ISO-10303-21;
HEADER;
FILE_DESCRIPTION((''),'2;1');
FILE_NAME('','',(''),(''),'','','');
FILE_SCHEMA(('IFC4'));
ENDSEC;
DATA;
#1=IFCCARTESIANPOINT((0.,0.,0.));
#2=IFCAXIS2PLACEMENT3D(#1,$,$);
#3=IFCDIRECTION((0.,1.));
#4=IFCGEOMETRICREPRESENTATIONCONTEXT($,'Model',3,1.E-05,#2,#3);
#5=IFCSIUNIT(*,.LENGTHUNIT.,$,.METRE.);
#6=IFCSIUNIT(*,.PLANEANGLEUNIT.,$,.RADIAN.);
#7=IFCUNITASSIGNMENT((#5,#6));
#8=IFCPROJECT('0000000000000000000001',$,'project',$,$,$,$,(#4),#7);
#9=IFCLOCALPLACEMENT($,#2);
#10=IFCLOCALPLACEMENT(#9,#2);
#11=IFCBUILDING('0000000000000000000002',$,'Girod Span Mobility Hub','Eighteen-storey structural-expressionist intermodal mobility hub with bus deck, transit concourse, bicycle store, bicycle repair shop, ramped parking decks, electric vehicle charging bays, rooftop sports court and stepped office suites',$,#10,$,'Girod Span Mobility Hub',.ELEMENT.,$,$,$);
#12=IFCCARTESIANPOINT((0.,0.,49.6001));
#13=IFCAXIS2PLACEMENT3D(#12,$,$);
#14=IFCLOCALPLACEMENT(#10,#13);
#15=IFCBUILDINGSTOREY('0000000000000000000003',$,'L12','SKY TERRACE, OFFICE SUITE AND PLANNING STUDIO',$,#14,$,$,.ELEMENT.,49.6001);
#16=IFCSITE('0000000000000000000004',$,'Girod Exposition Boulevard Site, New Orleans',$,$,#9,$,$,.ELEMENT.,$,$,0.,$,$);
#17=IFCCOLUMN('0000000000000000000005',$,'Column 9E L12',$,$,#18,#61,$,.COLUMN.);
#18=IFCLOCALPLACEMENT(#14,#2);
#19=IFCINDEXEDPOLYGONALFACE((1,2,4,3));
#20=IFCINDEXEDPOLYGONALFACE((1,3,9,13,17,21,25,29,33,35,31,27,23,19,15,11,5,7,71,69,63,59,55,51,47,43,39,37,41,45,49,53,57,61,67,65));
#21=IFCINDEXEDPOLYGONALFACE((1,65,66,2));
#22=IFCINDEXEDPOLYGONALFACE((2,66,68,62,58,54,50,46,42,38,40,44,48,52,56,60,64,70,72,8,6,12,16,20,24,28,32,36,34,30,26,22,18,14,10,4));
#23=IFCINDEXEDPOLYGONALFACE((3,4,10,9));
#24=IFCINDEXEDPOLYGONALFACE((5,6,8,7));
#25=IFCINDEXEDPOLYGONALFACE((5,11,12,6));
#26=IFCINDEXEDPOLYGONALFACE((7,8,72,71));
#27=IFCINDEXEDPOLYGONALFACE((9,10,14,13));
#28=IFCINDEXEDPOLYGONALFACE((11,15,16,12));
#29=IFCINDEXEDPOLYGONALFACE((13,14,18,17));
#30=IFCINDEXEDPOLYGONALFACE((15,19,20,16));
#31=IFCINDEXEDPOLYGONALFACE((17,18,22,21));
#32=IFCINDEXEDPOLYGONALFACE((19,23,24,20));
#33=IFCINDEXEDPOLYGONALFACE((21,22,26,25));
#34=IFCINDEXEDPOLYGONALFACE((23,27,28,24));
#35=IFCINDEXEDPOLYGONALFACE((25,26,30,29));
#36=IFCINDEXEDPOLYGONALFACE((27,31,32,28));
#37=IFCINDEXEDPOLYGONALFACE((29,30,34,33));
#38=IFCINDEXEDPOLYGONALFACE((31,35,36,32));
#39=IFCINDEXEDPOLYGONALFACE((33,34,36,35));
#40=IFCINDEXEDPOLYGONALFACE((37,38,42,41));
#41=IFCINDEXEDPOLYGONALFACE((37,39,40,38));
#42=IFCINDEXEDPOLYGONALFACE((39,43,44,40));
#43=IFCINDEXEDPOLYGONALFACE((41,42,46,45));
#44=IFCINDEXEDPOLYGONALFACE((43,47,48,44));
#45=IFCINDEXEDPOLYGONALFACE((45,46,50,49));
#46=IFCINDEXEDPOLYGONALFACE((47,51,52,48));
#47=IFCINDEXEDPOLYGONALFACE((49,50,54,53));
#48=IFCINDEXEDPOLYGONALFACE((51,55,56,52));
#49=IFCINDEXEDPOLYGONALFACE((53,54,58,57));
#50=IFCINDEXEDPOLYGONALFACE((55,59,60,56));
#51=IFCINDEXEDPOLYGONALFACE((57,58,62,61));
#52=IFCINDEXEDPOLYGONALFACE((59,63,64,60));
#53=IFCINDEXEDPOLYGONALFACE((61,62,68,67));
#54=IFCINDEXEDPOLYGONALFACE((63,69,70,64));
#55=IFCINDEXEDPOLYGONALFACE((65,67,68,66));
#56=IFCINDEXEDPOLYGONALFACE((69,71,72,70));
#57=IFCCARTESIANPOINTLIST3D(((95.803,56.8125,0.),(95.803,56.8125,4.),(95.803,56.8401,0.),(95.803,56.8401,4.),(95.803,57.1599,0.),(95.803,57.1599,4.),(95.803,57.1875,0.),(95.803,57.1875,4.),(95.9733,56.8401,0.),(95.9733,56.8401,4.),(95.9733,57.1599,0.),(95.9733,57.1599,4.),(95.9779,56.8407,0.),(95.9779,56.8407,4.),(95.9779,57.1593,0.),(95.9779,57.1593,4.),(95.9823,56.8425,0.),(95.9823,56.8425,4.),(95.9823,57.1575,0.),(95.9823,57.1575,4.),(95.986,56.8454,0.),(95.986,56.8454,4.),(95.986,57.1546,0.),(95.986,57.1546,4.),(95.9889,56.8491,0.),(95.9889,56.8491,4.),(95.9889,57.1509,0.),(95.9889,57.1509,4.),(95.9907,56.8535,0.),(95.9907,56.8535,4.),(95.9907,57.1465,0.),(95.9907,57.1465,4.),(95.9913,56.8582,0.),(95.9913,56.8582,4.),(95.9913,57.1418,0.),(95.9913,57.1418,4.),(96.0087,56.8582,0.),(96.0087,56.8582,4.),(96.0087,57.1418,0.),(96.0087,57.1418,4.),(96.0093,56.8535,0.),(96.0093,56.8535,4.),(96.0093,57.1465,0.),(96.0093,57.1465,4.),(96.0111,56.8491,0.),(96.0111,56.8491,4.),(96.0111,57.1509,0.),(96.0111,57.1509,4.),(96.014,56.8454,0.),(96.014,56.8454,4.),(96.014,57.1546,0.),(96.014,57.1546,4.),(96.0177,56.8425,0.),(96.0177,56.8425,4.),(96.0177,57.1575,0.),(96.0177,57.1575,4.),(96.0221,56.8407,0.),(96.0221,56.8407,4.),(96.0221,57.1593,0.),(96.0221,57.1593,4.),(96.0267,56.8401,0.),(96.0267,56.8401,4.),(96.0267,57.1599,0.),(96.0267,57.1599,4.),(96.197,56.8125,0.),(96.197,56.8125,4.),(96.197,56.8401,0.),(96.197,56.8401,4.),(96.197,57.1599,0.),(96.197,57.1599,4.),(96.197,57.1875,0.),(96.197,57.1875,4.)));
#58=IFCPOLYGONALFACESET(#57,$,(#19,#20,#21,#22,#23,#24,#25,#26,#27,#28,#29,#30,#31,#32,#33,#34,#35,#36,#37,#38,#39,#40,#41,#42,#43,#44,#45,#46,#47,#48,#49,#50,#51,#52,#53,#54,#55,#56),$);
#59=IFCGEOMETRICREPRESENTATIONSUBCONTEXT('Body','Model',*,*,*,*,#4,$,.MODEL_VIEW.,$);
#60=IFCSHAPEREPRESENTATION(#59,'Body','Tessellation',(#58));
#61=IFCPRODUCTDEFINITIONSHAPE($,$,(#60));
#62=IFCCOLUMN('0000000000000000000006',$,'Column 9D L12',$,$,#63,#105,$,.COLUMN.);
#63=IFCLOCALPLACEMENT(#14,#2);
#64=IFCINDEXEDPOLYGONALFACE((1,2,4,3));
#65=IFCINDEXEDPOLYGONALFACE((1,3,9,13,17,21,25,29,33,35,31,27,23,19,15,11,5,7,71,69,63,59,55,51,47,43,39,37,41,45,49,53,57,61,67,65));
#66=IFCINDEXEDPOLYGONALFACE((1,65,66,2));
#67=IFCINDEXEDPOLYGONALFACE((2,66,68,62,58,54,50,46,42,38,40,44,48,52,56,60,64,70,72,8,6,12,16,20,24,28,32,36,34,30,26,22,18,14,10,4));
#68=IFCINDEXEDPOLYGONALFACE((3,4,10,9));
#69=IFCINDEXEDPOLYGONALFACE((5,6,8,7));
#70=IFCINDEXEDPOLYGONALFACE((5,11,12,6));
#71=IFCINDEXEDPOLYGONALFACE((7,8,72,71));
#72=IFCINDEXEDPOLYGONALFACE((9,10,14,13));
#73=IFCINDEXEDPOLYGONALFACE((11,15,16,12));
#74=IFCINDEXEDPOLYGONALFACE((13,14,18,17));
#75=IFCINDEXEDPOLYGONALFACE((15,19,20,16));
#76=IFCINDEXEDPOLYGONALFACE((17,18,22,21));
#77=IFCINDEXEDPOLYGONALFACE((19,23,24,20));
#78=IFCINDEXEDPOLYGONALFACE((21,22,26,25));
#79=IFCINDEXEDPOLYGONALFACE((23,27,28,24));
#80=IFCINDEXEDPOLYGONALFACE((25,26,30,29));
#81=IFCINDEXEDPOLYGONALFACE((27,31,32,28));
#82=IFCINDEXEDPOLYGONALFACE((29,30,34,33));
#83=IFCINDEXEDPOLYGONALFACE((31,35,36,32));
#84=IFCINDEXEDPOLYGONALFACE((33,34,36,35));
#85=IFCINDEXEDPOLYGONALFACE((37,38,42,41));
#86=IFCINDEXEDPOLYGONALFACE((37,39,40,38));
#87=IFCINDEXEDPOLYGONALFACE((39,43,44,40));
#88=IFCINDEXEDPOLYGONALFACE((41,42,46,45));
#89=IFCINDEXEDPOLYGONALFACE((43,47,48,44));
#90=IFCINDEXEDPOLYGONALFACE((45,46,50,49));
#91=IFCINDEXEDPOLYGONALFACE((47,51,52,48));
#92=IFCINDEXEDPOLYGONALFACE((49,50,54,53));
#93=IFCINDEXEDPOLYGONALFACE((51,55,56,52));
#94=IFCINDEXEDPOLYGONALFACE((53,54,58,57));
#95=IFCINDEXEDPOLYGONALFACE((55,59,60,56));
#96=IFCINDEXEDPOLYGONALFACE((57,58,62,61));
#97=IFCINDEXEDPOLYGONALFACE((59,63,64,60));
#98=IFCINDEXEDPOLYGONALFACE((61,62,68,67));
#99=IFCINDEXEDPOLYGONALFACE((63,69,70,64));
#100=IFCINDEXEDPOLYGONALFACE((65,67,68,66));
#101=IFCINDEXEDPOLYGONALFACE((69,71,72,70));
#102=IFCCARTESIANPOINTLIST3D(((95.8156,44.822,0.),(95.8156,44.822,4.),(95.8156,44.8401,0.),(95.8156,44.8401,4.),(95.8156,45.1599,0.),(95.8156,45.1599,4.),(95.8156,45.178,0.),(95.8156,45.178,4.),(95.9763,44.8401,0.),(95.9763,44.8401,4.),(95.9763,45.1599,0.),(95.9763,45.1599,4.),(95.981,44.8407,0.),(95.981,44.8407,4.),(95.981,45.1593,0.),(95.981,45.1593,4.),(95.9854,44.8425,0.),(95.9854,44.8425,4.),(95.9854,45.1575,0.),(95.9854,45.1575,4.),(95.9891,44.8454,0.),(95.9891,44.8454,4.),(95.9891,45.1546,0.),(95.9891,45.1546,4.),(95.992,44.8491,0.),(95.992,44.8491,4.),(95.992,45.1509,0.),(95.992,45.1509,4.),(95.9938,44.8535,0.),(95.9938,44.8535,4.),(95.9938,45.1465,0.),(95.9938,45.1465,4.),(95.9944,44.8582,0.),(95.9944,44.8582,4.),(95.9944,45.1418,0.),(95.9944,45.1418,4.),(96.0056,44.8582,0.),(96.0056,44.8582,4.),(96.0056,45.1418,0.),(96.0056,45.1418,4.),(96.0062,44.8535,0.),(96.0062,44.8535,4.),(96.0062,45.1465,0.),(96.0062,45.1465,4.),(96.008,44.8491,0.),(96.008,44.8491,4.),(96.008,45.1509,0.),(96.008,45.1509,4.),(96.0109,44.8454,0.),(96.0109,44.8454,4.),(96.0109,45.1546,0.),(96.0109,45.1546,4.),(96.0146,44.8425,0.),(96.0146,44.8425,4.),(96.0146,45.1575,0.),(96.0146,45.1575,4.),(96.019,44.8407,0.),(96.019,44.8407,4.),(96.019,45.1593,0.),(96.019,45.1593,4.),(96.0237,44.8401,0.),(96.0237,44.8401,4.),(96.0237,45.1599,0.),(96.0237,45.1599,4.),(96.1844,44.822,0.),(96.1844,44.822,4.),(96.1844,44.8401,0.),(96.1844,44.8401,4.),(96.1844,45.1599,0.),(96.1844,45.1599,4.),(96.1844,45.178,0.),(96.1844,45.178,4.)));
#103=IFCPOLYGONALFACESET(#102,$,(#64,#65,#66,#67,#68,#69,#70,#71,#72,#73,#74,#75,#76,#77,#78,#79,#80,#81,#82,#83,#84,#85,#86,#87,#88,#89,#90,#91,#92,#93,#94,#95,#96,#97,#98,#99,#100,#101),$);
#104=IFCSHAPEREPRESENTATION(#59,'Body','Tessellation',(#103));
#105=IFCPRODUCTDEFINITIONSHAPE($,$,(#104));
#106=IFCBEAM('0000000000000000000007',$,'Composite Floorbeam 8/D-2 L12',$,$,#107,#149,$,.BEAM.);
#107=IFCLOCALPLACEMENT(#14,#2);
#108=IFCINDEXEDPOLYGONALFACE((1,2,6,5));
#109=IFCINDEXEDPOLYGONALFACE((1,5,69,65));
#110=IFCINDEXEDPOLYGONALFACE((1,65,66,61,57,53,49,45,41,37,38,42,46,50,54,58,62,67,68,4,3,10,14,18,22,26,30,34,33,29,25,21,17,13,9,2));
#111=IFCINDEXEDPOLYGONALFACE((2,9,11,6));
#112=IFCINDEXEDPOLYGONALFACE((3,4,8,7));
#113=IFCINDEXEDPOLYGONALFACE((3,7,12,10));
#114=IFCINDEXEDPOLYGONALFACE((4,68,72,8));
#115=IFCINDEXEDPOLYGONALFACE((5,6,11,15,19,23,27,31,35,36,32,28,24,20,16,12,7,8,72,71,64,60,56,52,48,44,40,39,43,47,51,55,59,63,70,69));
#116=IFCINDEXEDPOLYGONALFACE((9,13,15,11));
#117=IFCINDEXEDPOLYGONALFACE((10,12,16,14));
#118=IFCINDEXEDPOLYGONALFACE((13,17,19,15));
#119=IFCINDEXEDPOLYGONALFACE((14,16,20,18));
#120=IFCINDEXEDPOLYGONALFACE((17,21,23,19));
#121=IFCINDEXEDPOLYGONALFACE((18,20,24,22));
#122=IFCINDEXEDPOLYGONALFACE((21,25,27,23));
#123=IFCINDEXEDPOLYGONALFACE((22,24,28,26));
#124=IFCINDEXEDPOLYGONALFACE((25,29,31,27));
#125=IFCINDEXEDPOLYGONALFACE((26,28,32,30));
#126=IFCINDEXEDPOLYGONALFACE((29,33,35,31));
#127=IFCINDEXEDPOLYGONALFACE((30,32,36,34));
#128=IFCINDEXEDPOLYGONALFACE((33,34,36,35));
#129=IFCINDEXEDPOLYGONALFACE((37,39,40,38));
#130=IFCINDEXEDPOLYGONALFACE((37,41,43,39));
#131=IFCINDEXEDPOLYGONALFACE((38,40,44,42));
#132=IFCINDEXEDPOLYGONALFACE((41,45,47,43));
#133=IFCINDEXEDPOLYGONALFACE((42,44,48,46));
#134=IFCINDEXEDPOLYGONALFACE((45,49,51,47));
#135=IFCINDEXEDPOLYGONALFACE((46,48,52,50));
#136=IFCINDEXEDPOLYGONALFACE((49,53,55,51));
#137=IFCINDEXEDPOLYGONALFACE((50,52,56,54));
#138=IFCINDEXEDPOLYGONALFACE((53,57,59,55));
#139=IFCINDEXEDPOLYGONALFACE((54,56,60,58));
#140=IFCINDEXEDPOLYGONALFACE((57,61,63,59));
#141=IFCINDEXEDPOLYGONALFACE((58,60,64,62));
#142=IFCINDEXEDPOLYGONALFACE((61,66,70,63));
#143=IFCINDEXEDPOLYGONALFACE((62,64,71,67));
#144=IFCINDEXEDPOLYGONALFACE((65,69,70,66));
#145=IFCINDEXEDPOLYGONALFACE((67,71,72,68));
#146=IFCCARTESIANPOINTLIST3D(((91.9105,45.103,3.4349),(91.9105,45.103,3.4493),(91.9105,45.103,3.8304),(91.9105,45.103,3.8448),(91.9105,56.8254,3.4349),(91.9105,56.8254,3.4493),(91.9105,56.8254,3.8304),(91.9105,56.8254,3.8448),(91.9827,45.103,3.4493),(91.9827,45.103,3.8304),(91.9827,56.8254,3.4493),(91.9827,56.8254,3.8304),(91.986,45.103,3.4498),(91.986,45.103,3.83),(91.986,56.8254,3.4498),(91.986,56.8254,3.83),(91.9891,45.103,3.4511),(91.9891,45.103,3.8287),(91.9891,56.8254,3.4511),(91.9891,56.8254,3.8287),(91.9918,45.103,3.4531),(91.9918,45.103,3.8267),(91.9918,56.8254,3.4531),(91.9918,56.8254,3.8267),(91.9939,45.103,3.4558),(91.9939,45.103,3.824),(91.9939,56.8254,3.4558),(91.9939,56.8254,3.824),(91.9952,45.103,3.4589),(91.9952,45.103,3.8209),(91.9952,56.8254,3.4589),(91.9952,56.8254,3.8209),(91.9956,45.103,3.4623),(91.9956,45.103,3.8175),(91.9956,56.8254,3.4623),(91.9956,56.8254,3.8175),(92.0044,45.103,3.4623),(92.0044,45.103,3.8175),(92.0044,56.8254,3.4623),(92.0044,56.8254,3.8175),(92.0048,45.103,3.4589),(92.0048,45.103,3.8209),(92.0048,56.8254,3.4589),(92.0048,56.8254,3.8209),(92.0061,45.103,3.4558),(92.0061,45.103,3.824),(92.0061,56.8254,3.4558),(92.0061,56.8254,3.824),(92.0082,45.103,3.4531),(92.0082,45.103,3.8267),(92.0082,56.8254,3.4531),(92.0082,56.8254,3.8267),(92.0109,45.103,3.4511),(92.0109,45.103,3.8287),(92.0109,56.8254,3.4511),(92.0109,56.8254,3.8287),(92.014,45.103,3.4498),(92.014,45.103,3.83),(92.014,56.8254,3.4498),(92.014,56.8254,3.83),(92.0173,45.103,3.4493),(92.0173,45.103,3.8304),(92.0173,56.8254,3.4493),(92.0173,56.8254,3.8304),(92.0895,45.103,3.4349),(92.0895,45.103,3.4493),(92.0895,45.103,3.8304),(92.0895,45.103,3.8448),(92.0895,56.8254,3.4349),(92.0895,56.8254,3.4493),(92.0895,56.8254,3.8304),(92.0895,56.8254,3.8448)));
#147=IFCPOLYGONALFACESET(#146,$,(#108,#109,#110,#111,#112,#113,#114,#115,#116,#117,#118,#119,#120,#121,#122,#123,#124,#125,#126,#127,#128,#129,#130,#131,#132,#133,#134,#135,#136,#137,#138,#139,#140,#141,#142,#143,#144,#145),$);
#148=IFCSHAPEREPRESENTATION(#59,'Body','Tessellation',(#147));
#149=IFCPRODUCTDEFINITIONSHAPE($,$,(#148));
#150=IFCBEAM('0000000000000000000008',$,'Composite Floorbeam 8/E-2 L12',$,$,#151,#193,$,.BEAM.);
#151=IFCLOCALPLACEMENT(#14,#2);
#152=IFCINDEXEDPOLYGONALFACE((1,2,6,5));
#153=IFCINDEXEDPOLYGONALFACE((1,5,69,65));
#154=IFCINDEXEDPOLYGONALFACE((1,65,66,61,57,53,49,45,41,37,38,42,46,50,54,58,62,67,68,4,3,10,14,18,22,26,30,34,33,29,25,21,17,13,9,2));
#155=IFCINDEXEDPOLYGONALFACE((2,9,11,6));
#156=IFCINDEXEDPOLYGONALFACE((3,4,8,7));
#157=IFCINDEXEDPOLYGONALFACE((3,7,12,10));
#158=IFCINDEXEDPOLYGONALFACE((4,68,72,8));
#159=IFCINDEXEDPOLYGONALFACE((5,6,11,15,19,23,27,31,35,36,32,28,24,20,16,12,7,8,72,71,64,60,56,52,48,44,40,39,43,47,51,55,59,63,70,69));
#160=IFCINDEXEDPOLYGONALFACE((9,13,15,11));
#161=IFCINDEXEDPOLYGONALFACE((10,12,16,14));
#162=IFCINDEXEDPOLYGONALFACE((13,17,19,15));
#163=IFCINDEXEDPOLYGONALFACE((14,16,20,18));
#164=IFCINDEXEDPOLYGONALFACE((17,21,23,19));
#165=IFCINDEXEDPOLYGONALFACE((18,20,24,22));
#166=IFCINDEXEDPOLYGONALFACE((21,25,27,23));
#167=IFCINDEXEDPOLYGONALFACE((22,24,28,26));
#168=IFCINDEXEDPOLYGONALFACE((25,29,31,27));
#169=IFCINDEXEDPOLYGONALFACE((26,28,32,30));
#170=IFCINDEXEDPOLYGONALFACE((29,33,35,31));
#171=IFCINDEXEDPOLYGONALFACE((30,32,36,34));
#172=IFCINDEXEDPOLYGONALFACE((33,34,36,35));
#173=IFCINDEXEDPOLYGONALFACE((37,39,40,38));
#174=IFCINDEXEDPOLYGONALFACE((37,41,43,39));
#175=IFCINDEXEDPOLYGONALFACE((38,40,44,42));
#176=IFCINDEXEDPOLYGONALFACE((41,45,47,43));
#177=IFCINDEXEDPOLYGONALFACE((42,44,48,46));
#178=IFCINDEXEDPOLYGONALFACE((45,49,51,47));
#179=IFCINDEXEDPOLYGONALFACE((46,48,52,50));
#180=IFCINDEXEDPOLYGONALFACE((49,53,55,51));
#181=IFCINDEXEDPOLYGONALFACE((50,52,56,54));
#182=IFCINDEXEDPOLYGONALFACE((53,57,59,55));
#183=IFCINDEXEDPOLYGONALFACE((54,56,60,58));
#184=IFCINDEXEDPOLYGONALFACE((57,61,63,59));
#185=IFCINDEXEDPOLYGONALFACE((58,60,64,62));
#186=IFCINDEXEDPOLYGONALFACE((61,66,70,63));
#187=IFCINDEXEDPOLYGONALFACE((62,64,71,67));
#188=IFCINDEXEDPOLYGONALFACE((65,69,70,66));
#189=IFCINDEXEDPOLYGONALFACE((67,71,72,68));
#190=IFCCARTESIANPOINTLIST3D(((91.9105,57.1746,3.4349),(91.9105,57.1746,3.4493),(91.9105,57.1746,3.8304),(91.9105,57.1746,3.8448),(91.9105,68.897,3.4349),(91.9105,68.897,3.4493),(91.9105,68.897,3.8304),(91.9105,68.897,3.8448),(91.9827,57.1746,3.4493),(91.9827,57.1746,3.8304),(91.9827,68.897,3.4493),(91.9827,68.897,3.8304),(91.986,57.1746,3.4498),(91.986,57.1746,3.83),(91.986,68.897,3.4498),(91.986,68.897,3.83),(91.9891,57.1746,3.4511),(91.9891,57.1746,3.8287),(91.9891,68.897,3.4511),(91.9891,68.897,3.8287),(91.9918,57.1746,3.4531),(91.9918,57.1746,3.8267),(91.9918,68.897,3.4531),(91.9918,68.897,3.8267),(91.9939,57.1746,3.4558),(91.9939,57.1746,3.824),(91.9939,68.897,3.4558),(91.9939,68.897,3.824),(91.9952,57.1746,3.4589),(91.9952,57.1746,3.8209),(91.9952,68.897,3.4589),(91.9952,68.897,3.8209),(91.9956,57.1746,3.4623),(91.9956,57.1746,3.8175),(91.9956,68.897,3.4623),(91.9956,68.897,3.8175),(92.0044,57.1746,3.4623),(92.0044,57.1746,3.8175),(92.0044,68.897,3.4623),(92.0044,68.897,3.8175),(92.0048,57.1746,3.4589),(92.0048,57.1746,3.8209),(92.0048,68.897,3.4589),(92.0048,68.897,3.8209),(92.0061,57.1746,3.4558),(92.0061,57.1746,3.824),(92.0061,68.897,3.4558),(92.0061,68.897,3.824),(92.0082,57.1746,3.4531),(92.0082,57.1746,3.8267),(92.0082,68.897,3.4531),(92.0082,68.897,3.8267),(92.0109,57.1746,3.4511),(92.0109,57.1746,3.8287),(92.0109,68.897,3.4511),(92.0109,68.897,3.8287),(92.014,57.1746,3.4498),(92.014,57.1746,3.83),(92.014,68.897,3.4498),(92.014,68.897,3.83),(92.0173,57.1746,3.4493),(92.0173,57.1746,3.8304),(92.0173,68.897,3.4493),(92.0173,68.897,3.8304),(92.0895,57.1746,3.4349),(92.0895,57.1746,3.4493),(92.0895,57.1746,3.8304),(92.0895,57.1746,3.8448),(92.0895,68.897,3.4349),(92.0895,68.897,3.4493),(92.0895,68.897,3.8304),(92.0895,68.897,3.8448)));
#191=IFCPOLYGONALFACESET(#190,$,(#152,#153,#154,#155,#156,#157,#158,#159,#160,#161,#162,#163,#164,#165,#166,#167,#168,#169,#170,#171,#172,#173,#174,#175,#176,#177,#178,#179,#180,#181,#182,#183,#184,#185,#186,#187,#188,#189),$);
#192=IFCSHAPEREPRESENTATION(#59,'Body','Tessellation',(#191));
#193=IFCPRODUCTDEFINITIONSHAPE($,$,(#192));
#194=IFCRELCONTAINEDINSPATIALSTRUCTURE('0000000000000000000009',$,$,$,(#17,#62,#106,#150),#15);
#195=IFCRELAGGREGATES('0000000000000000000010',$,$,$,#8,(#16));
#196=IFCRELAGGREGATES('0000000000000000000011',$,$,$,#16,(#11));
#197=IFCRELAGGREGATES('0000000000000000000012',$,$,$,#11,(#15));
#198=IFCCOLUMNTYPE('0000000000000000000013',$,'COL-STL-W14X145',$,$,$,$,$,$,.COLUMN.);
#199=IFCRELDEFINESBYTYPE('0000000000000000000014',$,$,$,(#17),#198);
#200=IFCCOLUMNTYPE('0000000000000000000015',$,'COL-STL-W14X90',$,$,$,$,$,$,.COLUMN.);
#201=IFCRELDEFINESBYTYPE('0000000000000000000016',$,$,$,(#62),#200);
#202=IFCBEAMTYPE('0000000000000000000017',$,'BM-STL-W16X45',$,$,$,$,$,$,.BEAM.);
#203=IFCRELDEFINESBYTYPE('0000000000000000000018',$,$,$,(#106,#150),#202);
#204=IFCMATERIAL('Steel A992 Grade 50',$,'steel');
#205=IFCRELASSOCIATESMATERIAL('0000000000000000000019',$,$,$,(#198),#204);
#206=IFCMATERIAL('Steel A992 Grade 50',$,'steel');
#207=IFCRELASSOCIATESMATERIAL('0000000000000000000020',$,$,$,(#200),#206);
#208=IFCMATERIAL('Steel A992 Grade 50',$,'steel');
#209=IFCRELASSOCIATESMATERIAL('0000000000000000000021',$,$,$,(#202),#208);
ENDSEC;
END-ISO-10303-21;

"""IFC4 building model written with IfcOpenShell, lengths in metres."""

from ifc_helpers import new_model, si_unit, direction, frame, origin, origin_2d, place, context, subcontext, project, spatial, i_section, extrude, material, material_profile, profile_set, type_object, element, save


model = new_model("IFC4")

# Units and contexts
model_context = context("Model", 3, precision=1e-05, world=origin(), true_north=direction((0.0, 1.0)))
body_context = subcontext(model_context, "Body", "Model", "MODEL_VIEW")
ifc_project = project(units=[si_unit("LENGTHUNIT", "METRE"), si_unit("PLANEANGLEUNIT", "RADIAN")], contexts=[model_context])

# Site, building, storey
site_placement = place(None, origin())
site = spatial("IfcSite", under=ifc_project, at=site_placement, Name="Girod Exposition Boulevard Site, New Orleans", CompositionType="ELEMENT", RefElevation=0.0)
building_placement = place(site_placement, origin())
building = spatial("IfcBuilding", under=site, at=building_placement, Name="Girod Span Mobility Hub", Description="Eighteen-storey structural-expressionist intermodal mobility hub with bus deck, transit concourse, bicycle store, bicycle repair shop, ramped parking decks, electric vehicle charging bays, rooftop sports court and stepped office suites", LongName="Girod Span Mobility Hub", CompositionType="ELEMENT")
storey_placement = place(building_placement, frame((0.0, 0.0, 49.6001)))
storey = spatial("IfcBuildingStorey", under=building, at=storey_placement, Name="L12", Description="SKY TERRACE, OFFICE SUITE AND PLANNING STUDIO", CompositionType="ELEMENT", Elevation=49.6001)

# Columns
ifc_material_1 = material(Name="Steel A992 Grade 50", Category="steel")
ifc_material_profile_1 = material_profile(ifc_material_1, i_section(OverallWidth=0.394, OverallDepth=0.375, WebThickness=0.0173, FlangeThickness=0.0276, FilletRadius=0.0181, at=origin_2d()), Name="W14X145")
ifc_profile_set_1 = profile_set([ifc_material_profile_1], Name="Steel A992 Grade 50")
column_type_1 = type_object("IfcColumnType", Name="COL-STL-W14X145", PredefinedType="COLUMN", material=ifc_profile_set_1)
column_1_placement = place(storey_placement, frame((96.0, 57.0, 0.0), z_axis=(0.0, 0.0, 1.0), x_axis=(1.0, 0.0, 0.0)))
element("IfcColumn", 1, at=column_1_placement, inside=storey, type_object=column_type_1, Name="Column 9E L12", PredefinedType="COLUMN", context=body_context, shape_type="SweptSolid", body=[
    extrude(i_section(OverallWidth=0.394, OverallDepth=0.375, WebThickness=0.0173, FlangeThickness=0.0276, FilletRadius=0.0181, at=origin_2d()), origin(), (0.0, 0.0, 1.0), 4.0),
])
ifc_material_2 = material(Name="Steel A992 Grade 50", Category="steel")
ifc_material_profile_2 = material_profile(ifc_material_2, i_section(OverallWidth=0.3689, OverallDepth=0.356, WebThickness=0.0112, FlangeThickness=0.0181, FilletRadius=0.0181, at=origin_2d()), Name="W14X90")
ifc_profile_set_2 = profile_set([ifc_material_profile_2], Name="Steel A992 Grade 50")
column_type_2 = type_object("IfcColumnType", Name="COL-STL-W14X90", PredefinedType="COLUMN", material=ifc_profile_set_2)
column_2_placement = place(storey_placement, frame((96.0, 45.0, 0.0), z_axis=(0.0, 0.0, 1.0), x_axis=(1.0, 0.0, 0.0)))
element("IfcColumn", 2, at=column_2_placement, inside=storey, type_object=column_type_2, Name="Column 9D L12", PredefinedType="COLUMN", context=body_context, shape_type="SweptSolid", body=[
    extrude(i_section(OverallWidth=0.3689, OverallDepth=0.356, WebThickness=0.0112, FlangeThickness=0.0181, FilletRadius=0.0181, at=origin_2d()), origin(), (0.0, 0.0, 1.0), 4.0),
])

# Beams
ifc_material_3 = material(Name="Steel A992 Grade 50", Category="steel")
ifc_material_profile_3 = material_profile(ifc_material_3, i_section(OverallWidth=0.179, OverallDepth=0.4099, WebThickness=0.0088, FlangeThickness=0.0144, FilletRadius=0.0129, at=origin_2d()), Name="W16X45")
ifc_profile_set_3 = profile_set([ifc_material_profile_3], Name="Steel A992 Grade 50")
beam_type_1 = type_object("IfcBeamType", Name="BM-STL-W16X45", PredefinedType="BEAM", material=ifc_profile_set_3)
for number, where, z_axis, x_axis, name in (
    (3, (92.0, 45.103, 3.6399), (0.0, 1.0, 0.0), (-1.0, 0.0, 0.0), "Composite Floorbeam 8/D-2 L12"),
    (4, (92.0, 57.1746, 3.6399), (0.0, 1.0, 0.0), (-1.0, 0.0, 0.0), "Composite Floorbeam 8/E-2 L12"),
):
    element("IfcBeam", number, at=place(storey_placement, frame(where, z_axis=z_axis, x_axis=x_axis)), inside=storey, type_object=beam_type_1, Name=name, PredefinedType="BEAM", context=body_context, shape_type="SweptSolid", body=[
        extrude(i_section(OverallWidth=0.179, OverallDepth=0.4099, WebThickness=0.0088, FlangeThickness=0.0144, FilletRadius=0.0129, at=origin_2d()), origin(), (0.0, 0.0, 1.0), 11.7224),
    ])

save(model, "model.ifc")
